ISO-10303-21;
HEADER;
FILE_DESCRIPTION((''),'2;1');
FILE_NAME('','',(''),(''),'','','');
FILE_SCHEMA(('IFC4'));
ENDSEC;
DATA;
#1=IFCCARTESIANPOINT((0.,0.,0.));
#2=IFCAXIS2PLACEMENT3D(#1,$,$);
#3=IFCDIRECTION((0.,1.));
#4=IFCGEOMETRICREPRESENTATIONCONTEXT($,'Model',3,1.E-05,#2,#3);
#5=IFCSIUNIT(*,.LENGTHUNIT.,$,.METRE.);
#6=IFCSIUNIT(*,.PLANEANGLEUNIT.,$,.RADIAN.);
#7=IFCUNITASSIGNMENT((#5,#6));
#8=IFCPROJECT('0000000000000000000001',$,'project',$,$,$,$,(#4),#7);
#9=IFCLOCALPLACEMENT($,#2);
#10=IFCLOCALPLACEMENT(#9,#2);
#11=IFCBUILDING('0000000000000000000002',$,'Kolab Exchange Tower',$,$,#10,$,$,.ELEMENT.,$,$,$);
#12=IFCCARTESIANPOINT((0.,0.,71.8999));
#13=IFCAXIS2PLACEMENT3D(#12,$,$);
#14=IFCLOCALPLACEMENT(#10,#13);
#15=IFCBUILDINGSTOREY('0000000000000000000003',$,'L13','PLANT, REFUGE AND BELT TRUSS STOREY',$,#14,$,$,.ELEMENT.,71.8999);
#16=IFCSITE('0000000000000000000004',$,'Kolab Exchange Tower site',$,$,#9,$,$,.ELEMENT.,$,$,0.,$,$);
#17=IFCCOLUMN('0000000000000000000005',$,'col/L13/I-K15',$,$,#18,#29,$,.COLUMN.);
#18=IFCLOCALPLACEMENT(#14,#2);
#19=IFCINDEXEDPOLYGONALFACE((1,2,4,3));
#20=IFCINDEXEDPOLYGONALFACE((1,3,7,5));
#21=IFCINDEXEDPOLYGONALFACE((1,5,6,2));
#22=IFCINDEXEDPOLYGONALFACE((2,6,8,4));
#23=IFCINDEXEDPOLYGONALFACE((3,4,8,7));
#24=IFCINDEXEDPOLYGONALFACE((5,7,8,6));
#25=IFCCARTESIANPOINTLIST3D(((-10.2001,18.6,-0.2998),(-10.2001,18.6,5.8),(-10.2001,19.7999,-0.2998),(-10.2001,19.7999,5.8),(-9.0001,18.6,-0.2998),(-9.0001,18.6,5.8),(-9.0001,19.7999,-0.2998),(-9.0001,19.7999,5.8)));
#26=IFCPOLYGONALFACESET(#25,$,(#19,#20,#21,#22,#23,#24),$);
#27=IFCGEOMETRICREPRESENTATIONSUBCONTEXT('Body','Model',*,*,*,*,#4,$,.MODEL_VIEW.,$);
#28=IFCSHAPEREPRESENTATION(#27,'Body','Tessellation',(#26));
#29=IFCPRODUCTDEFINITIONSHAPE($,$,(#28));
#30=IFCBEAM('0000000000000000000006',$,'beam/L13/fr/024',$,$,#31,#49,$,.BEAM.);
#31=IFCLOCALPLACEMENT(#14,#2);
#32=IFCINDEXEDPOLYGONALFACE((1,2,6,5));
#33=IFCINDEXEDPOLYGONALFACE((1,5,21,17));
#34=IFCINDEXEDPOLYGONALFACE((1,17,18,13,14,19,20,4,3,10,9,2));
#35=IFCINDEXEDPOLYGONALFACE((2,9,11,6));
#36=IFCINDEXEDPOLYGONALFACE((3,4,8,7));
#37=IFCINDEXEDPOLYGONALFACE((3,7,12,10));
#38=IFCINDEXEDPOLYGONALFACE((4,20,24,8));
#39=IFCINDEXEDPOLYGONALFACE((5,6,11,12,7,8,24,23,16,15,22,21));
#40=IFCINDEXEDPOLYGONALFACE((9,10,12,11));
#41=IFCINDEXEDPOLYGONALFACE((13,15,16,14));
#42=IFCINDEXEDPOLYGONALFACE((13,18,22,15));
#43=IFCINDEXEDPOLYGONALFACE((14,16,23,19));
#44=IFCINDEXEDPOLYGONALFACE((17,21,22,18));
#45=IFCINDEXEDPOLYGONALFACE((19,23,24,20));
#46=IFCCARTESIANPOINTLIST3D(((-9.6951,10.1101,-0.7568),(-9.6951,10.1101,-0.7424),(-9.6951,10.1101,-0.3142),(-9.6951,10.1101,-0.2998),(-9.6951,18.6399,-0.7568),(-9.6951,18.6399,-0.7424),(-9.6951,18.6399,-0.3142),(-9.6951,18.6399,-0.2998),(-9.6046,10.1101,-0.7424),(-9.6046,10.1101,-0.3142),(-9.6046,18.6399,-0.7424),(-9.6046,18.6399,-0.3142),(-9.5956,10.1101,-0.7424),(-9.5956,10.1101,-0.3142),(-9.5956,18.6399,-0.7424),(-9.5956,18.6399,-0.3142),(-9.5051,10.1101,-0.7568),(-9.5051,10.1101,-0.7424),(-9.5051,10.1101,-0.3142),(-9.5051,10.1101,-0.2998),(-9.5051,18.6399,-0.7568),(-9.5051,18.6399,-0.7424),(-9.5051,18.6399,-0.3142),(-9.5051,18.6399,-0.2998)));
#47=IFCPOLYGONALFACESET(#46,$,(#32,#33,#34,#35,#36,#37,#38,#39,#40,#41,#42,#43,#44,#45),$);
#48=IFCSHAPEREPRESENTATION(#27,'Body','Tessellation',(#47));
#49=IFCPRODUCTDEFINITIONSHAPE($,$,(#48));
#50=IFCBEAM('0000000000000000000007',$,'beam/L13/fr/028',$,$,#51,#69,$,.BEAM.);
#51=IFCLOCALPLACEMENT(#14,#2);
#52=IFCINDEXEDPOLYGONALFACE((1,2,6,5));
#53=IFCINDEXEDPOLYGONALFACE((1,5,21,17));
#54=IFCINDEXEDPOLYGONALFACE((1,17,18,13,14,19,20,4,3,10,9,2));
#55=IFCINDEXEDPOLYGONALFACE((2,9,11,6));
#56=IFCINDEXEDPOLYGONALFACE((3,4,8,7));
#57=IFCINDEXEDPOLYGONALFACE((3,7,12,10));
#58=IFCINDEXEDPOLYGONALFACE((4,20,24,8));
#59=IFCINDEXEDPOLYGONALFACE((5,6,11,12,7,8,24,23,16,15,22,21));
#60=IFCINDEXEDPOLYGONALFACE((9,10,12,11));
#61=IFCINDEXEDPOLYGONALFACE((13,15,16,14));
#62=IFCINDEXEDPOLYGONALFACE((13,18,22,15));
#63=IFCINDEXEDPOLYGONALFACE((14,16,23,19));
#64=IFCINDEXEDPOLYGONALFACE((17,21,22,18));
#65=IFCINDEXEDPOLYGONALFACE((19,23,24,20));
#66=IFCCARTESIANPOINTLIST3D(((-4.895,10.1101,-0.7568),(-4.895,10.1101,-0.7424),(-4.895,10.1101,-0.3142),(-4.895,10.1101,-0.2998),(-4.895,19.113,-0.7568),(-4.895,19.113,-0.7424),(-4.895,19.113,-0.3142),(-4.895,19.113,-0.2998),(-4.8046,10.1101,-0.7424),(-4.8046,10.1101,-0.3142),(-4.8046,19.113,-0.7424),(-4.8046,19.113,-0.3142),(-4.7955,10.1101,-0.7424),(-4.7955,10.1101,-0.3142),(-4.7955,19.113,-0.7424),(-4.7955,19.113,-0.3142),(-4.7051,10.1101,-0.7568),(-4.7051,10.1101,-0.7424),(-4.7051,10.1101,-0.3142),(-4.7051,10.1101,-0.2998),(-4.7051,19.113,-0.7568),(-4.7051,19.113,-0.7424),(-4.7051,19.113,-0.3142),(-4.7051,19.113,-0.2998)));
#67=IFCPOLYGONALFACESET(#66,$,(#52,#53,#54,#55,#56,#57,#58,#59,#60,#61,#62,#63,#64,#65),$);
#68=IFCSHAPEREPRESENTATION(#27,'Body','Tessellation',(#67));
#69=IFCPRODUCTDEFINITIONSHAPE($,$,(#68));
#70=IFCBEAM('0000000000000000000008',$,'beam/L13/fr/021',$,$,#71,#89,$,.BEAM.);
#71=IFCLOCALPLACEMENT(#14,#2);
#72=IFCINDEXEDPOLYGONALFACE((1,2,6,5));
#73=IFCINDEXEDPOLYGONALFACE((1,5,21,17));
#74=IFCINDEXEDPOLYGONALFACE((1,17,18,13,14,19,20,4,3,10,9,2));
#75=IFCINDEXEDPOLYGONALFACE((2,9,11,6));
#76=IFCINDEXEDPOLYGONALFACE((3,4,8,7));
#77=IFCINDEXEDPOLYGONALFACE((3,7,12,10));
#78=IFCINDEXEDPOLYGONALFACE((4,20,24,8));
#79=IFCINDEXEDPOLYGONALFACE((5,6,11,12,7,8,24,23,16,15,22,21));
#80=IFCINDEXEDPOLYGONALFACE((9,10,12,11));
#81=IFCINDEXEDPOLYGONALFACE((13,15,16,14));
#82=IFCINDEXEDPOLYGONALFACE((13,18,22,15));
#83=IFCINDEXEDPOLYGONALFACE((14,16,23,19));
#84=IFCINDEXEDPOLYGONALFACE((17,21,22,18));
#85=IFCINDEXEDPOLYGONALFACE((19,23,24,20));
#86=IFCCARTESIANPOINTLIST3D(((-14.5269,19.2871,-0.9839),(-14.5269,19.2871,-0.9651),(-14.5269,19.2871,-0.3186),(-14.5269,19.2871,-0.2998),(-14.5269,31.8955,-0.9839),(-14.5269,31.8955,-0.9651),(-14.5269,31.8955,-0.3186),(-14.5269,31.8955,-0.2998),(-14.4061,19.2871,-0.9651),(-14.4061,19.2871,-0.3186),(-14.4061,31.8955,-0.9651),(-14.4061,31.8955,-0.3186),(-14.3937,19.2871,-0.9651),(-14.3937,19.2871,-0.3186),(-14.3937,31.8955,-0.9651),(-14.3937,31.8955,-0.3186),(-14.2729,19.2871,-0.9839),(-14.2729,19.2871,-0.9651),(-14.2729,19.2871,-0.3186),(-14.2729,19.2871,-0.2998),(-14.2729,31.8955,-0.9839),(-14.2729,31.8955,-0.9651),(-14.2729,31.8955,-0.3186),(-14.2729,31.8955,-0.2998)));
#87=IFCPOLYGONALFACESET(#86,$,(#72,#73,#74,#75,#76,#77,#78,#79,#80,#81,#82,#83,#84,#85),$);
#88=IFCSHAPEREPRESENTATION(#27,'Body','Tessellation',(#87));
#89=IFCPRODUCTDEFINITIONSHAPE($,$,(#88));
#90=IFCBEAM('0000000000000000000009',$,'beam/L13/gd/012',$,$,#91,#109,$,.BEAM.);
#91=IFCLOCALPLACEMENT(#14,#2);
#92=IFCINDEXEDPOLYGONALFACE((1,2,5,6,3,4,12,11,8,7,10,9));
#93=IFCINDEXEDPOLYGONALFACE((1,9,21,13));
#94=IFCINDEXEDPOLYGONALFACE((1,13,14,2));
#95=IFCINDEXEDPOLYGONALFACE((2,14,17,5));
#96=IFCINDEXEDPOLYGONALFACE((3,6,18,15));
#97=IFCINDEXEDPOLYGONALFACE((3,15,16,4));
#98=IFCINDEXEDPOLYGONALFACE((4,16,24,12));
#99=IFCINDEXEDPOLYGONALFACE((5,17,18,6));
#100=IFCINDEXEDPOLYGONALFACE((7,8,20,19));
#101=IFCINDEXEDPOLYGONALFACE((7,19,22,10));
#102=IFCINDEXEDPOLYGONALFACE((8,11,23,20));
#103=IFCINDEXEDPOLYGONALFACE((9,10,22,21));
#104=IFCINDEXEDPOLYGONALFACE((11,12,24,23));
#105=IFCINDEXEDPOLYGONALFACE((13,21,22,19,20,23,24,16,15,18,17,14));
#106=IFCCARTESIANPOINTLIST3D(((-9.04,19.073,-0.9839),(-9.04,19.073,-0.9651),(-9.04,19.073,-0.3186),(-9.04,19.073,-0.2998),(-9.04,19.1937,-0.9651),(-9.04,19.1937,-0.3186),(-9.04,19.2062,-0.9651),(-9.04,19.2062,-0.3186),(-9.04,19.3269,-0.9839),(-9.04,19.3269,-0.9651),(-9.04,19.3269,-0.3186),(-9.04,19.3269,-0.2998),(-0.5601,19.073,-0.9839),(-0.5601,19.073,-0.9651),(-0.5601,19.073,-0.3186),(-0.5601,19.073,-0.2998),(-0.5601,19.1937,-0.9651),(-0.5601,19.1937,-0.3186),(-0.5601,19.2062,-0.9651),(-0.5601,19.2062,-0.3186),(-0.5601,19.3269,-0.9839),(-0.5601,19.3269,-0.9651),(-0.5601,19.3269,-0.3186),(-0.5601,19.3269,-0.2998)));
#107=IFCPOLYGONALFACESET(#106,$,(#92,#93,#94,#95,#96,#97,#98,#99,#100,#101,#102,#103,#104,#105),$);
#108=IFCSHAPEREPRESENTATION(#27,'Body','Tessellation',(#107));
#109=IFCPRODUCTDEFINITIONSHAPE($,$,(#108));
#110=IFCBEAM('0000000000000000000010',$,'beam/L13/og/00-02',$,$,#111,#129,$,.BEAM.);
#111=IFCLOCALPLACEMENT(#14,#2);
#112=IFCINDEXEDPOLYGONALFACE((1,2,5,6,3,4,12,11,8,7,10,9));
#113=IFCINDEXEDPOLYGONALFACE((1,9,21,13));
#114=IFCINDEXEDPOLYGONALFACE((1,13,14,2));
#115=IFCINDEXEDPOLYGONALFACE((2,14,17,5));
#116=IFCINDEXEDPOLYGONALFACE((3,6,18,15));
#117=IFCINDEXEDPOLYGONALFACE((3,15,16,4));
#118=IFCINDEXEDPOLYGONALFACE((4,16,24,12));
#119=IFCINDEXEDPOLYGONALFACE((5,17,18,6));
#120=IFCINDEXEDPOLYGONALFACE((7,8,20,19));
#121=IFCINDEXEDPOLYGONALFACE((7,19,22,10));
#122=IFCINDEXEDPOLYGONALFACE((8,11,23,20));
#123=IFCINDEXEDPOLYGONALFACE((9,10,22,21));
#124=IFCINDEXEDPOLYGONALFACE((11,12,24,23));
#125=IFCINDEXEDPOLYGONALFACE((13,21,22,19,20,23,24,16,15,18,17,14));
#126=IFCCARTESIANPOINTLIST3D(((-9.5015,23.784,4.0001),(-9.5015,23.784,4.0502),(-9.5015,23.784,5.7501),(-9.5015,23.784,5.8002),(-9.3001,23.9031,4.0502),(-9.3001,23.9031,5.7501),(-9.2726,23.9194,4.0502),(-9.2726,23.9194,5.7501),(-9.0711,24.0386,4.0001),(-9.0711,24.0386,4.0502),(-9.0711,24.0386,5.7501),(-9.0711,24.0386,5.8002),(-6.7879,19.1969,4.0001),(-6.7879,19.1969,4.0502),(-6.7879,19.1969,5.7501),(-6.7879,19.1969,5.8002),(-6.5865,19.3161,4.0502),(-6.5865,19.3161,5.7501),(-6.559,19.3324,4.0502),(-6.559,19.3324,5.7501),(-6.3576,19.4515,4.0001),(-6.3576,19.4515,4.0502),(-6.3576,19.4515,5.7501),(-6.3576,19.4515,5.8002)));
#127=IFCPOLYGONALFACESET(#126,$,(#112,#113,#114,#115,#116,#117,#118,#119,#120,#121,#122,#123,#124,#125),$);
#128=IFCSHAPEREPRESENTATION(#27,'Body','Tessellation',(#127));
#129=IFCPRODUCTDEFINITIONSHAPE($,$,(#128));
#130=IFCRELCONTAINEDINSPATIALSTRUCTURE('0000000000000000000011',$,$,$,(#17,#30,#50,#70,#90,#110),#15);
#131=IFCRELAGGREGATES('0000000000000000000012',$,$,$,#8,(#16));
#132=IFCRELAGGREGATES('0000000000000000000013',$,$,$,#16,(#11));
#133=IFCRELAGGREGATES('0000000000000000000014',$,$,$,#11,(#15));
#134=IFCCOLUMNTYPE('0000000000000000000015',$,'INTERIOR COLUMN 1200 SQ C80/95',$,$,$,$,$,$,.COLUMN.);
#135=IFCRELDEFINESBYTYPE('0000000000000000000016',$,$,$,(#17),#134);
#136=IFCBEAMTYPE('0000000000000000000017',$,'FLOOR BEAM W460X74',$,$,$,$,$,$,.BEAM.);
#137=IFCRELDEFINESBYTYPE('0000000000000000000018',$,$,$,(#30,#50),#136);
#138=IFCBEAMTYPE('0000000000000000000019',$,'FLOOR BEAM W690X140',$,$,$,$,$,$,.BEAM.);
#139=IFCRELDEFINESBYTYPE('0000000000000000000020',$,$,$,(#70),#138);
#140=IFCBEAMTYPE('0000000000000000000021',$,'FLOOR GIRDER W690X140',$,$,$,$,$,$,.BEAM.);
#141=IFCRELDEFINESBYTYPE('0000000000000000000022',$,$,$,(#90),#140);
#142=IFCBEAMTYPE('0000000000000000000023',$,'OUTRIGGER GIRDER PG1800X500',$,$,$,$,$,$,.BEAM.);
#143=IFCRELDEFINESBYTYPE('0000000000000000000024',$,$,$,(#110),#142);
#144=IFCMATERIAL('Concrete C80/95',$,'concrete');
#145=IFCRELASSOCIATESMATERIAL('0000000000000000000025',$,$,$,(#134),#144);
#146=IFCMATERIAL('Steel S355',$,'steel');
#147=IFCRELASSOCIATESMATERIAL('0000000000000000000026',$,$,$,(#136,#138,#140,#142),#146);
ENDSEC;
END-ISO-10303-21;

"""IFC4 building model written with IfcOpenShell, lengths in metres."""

from ifc_helpers import new_model, si_unit, direction, frame, origin, origin_2d, place, context, subcontext, project, spatial, rectangle, i_section, extrude, material, material_profile, profile_set, type_object, element, save


model = new_model("IFC4")

# Units and contexts
model_context = context("Model", 3, precision=1e-05, world=origin(), true_north=direction((0.0, 1.0)))
body_context = subcontext(model_context, "Body", "Model", "MODEL_VIEW")
ifc_project = project(units=[si_unit("LENGTHUNIT", "METRE"), si_unit("PLANEANGLEUNIT", "RADIAN")], contexts=[model_context])

# Site, building, storey
site_placement = place(None, origin())
site = spatial("IfcSite", under=ifc_project, at=site_placement, Name="Kolab Exchange Tower site", CompositionType="ELEMENT", RefElevation=0.0)
building_placement = place(site_placement, origin())
building = spatial("IfcBuilding", under=site, at=building_placement, Name="Kolab Exchange Tower", CompositionType="ELEMENT")
storey_placement = place(building_placement, frame((0.0, 0.0, 71.8999)))
storey = spatial("IfcBuildingStorey", under=building, at=storey_placement, Name="L13", Description="PLANT, REFUGE AND BELT TRUSS STOREY", CompositionType="ELEMENT", Elevation=71.8999)

# Column
ifc_material_1 = material(Name="Concrete C80/95", Category="concrete")
ifc_material_profile_1 = material_profile(ifc_material_1, rectangle(XDim=1.2, YDim=1.2, at=origin_2d()), Name="RC1200")
ifc_profile_set_1 = profile_set([ifc_material_profile_1], Name="Concrete C80/95")
column_type = type_object("IfcColumnType", Name="INTERIOR COLUMN 1200 SQ C80/95", PredefinedType="COLUMN", material=ifc_profile_set_1)
column_placement = place(storey_placement, frame((-9.6001, 19.2, -0.2998), z_axis=(0.0, 0.0, 1.0), x_axis=(1.0, 0.0, 0.0)))
element("IfcColumn", 1, at=column_placement, inside=storey, type_object=column_type, Name="col/L13/I-K15", PredefinedType="COLUMN", context=body_context, shape_type="SweptSolid", body=[
    extrude(rectangle(XDim=1.2, YDim=1.2, at=origin_2d()), origin(), (0.0, 0.0, 1.0), 6.0999),
])

# Beams
ifc_material_2 = material(Name="Steel S355", Category="steel")
ifc_material_profile_2 = material_profile(ifc_material_2, i_section(OverallWidth=0.1899, OverallDepth=0.457, WebThickness=0.009, FlangeThickness=0.0144, at=origin_2d()), Name="W460X74")
ifc_profile_set_2 = profile_set([ifc_material_profile_2], Name="Steel S355")
beam_type_1 = type_object("IfcBeamType", Name="FLOOR BEAM W460X74", PredefinedType="BEAM", material=ifc_profile_set_2)
beam_1_placement = place(storey_placement, frame((-9.6001, 10.1101, -0.5283), z_axis=(0.0, 1.0, 0.0), x_axis=(-1.0, 0.0, 0.0)))
element("IfcBeam", 2, at=beam_1_placement, inside=storey, type_object=beam_type_1, Name="beam/L13/fr/024", PredefinedType="BEAM", context=body_context, shape_type="SweptSolid", body=[
    extrude(i_section(OverallWidth=0.1899, OverallDepth=0.457, WebThickness=0.009, FlangeThickness=0.0144, at=origin_2d()), origin(), (0.0, 0.0, 1.0), 8.5298),
])
beam_2_placement = place(storey_placement, frame((-4.8, 10.1101, -0.5283), z_axis=(0.0, 1.0, 0.0), x_axis=(-1.0, 0.0, 0.0)))
element("IfcBeam", 3, at=beam_2_placement, inside=storey, type_object=beam_type_1, Name="beam/L13/fr/028", PredefinedType="BEAM", context=body_context, shape_type="SweptSolid", body=[
    extrude(i_section(OverallWidth=0.1899, OverallDepth=0.457, WebThickness=0.009, FlangeThickness=0.0144, at=origin_2d()), origin(), (0.0, 0.0, 1.0), 9.0029),
])
ifc_material_profile_3 = material_profile(ifc_material_2, i_section(OverallWidth=0.2539, OverallDepth=0.6841, WebThickness=0.0125, FlangeThickness=0.0188, at=origin_2d()), Name="W690X140")
ifc_profile_set_3 = profile_set([ifc_material_profile_3], Name="Steel S355")
beam_type_2 = type_object("IfcBeamType", Name="FLOOR BEAM W690X140", PredefinedType="BEAM", material=ifc_profile_set_3)
beam_3_placement = place(storey_placement, frame((-14.3999, 19.2871, -0.6418), z_axis=(0.0, 1.0, 0.0), x_axis=(-1.0, 0.0, 0.0)))
element("IfcBeam", 4, at=beam_3_placement, inside=storey, type_object=beam_type_2, Name="beam/L13/fr/021", PredefinedType="BEAM", context=body_context, shape_type="SweptSolid", body=[
    extrude(i_section(OverallWidth=0.2539, OverallDepth=0.6841, WebThickness=0.0125, FlangeThickness=0.0188, at=origin_2d()), origin(), (0.0, 0.0, 1.0), 12.6084),
])
ifc_material_profile_4 = material_profile(ifc_material_2, i_section(OverallWidth=0.2539, OverallDepth=0.6841, WebThickness=0.0125, FlangeThickness=0.0188, at=origin_2d()), Name="W690X140")
ifc_profile_set_4 = profile_set([ifc_material_profile_4], Name="Steel S355")
beam_type_3 = type_object("IfcBeamType", Name="FLOOR GIRDER W690X140", PredefinedType="BEAM", material=ifc_profile_set_4)
beam_4_placement = place(storey_placement, frame((-9.04, 19.2, -0.6418), z_axis=(1.0, 0.0, 0.0), x_axis=(0.0, 1.0, 0.0)))
element("IfcBeam", 5, at=beam_4_placement, inside=storey, type_object=beam_type_3, Name="beam/L13/gd/012", PredefinedType="BEAM", context=body_context, shape_type="SweptSolid", body=[
    extrude(i_section(OverallWidth=0.2539, OverallDepth=0.6841, WebThickness=0.0125, FlangeThickness=0.0188, at=origin_2d()), origin(), (0.0, 0.0, 1.0), 8.48),
])
ifc_material_profile_5 = material_profile(ifc_material_2, i_section(OverallWidth=0.5, OverallDepth=1.8, WebThickness=0.032, FlangeThickness=0.05, at=origin_2d()), Name="PG1800X500")
ifc_profile_set_5 = profile_set([ifc_material_profile_5], Name="Steel S355")
beam_type_4 = type_object("IfcBeamType", Name="OUTRIGGER GIRDER PG1800X500", PredefinedType="BEAM", material=ifc_profile_set_5)
beam_5_placement = place(storey_placement, frame((-6.5728, 19.3242, 4.9001), z_axis=(-0.509151, 0.860677, 0.0), x_axis=(-0.860677, -0.509151, 0.0)))
element("IfcBeam", 6, at=beam_5_placement, inside=storey, type_object=beam_type_4, Name="beam/L13/og/00-02", PredefinedType="BEAM", context=body_context, shape_type="SweptSolid", body=[
    extrude(i_section(OverallWidth=0.5, OverallDepth=1.8, WebThickness=0.032, FlangeThickness=0.05, at=origin_2d()), origin(), (0.0, 0.0, 1.0), 5.3296),
])

save(model, "model.ifc")
